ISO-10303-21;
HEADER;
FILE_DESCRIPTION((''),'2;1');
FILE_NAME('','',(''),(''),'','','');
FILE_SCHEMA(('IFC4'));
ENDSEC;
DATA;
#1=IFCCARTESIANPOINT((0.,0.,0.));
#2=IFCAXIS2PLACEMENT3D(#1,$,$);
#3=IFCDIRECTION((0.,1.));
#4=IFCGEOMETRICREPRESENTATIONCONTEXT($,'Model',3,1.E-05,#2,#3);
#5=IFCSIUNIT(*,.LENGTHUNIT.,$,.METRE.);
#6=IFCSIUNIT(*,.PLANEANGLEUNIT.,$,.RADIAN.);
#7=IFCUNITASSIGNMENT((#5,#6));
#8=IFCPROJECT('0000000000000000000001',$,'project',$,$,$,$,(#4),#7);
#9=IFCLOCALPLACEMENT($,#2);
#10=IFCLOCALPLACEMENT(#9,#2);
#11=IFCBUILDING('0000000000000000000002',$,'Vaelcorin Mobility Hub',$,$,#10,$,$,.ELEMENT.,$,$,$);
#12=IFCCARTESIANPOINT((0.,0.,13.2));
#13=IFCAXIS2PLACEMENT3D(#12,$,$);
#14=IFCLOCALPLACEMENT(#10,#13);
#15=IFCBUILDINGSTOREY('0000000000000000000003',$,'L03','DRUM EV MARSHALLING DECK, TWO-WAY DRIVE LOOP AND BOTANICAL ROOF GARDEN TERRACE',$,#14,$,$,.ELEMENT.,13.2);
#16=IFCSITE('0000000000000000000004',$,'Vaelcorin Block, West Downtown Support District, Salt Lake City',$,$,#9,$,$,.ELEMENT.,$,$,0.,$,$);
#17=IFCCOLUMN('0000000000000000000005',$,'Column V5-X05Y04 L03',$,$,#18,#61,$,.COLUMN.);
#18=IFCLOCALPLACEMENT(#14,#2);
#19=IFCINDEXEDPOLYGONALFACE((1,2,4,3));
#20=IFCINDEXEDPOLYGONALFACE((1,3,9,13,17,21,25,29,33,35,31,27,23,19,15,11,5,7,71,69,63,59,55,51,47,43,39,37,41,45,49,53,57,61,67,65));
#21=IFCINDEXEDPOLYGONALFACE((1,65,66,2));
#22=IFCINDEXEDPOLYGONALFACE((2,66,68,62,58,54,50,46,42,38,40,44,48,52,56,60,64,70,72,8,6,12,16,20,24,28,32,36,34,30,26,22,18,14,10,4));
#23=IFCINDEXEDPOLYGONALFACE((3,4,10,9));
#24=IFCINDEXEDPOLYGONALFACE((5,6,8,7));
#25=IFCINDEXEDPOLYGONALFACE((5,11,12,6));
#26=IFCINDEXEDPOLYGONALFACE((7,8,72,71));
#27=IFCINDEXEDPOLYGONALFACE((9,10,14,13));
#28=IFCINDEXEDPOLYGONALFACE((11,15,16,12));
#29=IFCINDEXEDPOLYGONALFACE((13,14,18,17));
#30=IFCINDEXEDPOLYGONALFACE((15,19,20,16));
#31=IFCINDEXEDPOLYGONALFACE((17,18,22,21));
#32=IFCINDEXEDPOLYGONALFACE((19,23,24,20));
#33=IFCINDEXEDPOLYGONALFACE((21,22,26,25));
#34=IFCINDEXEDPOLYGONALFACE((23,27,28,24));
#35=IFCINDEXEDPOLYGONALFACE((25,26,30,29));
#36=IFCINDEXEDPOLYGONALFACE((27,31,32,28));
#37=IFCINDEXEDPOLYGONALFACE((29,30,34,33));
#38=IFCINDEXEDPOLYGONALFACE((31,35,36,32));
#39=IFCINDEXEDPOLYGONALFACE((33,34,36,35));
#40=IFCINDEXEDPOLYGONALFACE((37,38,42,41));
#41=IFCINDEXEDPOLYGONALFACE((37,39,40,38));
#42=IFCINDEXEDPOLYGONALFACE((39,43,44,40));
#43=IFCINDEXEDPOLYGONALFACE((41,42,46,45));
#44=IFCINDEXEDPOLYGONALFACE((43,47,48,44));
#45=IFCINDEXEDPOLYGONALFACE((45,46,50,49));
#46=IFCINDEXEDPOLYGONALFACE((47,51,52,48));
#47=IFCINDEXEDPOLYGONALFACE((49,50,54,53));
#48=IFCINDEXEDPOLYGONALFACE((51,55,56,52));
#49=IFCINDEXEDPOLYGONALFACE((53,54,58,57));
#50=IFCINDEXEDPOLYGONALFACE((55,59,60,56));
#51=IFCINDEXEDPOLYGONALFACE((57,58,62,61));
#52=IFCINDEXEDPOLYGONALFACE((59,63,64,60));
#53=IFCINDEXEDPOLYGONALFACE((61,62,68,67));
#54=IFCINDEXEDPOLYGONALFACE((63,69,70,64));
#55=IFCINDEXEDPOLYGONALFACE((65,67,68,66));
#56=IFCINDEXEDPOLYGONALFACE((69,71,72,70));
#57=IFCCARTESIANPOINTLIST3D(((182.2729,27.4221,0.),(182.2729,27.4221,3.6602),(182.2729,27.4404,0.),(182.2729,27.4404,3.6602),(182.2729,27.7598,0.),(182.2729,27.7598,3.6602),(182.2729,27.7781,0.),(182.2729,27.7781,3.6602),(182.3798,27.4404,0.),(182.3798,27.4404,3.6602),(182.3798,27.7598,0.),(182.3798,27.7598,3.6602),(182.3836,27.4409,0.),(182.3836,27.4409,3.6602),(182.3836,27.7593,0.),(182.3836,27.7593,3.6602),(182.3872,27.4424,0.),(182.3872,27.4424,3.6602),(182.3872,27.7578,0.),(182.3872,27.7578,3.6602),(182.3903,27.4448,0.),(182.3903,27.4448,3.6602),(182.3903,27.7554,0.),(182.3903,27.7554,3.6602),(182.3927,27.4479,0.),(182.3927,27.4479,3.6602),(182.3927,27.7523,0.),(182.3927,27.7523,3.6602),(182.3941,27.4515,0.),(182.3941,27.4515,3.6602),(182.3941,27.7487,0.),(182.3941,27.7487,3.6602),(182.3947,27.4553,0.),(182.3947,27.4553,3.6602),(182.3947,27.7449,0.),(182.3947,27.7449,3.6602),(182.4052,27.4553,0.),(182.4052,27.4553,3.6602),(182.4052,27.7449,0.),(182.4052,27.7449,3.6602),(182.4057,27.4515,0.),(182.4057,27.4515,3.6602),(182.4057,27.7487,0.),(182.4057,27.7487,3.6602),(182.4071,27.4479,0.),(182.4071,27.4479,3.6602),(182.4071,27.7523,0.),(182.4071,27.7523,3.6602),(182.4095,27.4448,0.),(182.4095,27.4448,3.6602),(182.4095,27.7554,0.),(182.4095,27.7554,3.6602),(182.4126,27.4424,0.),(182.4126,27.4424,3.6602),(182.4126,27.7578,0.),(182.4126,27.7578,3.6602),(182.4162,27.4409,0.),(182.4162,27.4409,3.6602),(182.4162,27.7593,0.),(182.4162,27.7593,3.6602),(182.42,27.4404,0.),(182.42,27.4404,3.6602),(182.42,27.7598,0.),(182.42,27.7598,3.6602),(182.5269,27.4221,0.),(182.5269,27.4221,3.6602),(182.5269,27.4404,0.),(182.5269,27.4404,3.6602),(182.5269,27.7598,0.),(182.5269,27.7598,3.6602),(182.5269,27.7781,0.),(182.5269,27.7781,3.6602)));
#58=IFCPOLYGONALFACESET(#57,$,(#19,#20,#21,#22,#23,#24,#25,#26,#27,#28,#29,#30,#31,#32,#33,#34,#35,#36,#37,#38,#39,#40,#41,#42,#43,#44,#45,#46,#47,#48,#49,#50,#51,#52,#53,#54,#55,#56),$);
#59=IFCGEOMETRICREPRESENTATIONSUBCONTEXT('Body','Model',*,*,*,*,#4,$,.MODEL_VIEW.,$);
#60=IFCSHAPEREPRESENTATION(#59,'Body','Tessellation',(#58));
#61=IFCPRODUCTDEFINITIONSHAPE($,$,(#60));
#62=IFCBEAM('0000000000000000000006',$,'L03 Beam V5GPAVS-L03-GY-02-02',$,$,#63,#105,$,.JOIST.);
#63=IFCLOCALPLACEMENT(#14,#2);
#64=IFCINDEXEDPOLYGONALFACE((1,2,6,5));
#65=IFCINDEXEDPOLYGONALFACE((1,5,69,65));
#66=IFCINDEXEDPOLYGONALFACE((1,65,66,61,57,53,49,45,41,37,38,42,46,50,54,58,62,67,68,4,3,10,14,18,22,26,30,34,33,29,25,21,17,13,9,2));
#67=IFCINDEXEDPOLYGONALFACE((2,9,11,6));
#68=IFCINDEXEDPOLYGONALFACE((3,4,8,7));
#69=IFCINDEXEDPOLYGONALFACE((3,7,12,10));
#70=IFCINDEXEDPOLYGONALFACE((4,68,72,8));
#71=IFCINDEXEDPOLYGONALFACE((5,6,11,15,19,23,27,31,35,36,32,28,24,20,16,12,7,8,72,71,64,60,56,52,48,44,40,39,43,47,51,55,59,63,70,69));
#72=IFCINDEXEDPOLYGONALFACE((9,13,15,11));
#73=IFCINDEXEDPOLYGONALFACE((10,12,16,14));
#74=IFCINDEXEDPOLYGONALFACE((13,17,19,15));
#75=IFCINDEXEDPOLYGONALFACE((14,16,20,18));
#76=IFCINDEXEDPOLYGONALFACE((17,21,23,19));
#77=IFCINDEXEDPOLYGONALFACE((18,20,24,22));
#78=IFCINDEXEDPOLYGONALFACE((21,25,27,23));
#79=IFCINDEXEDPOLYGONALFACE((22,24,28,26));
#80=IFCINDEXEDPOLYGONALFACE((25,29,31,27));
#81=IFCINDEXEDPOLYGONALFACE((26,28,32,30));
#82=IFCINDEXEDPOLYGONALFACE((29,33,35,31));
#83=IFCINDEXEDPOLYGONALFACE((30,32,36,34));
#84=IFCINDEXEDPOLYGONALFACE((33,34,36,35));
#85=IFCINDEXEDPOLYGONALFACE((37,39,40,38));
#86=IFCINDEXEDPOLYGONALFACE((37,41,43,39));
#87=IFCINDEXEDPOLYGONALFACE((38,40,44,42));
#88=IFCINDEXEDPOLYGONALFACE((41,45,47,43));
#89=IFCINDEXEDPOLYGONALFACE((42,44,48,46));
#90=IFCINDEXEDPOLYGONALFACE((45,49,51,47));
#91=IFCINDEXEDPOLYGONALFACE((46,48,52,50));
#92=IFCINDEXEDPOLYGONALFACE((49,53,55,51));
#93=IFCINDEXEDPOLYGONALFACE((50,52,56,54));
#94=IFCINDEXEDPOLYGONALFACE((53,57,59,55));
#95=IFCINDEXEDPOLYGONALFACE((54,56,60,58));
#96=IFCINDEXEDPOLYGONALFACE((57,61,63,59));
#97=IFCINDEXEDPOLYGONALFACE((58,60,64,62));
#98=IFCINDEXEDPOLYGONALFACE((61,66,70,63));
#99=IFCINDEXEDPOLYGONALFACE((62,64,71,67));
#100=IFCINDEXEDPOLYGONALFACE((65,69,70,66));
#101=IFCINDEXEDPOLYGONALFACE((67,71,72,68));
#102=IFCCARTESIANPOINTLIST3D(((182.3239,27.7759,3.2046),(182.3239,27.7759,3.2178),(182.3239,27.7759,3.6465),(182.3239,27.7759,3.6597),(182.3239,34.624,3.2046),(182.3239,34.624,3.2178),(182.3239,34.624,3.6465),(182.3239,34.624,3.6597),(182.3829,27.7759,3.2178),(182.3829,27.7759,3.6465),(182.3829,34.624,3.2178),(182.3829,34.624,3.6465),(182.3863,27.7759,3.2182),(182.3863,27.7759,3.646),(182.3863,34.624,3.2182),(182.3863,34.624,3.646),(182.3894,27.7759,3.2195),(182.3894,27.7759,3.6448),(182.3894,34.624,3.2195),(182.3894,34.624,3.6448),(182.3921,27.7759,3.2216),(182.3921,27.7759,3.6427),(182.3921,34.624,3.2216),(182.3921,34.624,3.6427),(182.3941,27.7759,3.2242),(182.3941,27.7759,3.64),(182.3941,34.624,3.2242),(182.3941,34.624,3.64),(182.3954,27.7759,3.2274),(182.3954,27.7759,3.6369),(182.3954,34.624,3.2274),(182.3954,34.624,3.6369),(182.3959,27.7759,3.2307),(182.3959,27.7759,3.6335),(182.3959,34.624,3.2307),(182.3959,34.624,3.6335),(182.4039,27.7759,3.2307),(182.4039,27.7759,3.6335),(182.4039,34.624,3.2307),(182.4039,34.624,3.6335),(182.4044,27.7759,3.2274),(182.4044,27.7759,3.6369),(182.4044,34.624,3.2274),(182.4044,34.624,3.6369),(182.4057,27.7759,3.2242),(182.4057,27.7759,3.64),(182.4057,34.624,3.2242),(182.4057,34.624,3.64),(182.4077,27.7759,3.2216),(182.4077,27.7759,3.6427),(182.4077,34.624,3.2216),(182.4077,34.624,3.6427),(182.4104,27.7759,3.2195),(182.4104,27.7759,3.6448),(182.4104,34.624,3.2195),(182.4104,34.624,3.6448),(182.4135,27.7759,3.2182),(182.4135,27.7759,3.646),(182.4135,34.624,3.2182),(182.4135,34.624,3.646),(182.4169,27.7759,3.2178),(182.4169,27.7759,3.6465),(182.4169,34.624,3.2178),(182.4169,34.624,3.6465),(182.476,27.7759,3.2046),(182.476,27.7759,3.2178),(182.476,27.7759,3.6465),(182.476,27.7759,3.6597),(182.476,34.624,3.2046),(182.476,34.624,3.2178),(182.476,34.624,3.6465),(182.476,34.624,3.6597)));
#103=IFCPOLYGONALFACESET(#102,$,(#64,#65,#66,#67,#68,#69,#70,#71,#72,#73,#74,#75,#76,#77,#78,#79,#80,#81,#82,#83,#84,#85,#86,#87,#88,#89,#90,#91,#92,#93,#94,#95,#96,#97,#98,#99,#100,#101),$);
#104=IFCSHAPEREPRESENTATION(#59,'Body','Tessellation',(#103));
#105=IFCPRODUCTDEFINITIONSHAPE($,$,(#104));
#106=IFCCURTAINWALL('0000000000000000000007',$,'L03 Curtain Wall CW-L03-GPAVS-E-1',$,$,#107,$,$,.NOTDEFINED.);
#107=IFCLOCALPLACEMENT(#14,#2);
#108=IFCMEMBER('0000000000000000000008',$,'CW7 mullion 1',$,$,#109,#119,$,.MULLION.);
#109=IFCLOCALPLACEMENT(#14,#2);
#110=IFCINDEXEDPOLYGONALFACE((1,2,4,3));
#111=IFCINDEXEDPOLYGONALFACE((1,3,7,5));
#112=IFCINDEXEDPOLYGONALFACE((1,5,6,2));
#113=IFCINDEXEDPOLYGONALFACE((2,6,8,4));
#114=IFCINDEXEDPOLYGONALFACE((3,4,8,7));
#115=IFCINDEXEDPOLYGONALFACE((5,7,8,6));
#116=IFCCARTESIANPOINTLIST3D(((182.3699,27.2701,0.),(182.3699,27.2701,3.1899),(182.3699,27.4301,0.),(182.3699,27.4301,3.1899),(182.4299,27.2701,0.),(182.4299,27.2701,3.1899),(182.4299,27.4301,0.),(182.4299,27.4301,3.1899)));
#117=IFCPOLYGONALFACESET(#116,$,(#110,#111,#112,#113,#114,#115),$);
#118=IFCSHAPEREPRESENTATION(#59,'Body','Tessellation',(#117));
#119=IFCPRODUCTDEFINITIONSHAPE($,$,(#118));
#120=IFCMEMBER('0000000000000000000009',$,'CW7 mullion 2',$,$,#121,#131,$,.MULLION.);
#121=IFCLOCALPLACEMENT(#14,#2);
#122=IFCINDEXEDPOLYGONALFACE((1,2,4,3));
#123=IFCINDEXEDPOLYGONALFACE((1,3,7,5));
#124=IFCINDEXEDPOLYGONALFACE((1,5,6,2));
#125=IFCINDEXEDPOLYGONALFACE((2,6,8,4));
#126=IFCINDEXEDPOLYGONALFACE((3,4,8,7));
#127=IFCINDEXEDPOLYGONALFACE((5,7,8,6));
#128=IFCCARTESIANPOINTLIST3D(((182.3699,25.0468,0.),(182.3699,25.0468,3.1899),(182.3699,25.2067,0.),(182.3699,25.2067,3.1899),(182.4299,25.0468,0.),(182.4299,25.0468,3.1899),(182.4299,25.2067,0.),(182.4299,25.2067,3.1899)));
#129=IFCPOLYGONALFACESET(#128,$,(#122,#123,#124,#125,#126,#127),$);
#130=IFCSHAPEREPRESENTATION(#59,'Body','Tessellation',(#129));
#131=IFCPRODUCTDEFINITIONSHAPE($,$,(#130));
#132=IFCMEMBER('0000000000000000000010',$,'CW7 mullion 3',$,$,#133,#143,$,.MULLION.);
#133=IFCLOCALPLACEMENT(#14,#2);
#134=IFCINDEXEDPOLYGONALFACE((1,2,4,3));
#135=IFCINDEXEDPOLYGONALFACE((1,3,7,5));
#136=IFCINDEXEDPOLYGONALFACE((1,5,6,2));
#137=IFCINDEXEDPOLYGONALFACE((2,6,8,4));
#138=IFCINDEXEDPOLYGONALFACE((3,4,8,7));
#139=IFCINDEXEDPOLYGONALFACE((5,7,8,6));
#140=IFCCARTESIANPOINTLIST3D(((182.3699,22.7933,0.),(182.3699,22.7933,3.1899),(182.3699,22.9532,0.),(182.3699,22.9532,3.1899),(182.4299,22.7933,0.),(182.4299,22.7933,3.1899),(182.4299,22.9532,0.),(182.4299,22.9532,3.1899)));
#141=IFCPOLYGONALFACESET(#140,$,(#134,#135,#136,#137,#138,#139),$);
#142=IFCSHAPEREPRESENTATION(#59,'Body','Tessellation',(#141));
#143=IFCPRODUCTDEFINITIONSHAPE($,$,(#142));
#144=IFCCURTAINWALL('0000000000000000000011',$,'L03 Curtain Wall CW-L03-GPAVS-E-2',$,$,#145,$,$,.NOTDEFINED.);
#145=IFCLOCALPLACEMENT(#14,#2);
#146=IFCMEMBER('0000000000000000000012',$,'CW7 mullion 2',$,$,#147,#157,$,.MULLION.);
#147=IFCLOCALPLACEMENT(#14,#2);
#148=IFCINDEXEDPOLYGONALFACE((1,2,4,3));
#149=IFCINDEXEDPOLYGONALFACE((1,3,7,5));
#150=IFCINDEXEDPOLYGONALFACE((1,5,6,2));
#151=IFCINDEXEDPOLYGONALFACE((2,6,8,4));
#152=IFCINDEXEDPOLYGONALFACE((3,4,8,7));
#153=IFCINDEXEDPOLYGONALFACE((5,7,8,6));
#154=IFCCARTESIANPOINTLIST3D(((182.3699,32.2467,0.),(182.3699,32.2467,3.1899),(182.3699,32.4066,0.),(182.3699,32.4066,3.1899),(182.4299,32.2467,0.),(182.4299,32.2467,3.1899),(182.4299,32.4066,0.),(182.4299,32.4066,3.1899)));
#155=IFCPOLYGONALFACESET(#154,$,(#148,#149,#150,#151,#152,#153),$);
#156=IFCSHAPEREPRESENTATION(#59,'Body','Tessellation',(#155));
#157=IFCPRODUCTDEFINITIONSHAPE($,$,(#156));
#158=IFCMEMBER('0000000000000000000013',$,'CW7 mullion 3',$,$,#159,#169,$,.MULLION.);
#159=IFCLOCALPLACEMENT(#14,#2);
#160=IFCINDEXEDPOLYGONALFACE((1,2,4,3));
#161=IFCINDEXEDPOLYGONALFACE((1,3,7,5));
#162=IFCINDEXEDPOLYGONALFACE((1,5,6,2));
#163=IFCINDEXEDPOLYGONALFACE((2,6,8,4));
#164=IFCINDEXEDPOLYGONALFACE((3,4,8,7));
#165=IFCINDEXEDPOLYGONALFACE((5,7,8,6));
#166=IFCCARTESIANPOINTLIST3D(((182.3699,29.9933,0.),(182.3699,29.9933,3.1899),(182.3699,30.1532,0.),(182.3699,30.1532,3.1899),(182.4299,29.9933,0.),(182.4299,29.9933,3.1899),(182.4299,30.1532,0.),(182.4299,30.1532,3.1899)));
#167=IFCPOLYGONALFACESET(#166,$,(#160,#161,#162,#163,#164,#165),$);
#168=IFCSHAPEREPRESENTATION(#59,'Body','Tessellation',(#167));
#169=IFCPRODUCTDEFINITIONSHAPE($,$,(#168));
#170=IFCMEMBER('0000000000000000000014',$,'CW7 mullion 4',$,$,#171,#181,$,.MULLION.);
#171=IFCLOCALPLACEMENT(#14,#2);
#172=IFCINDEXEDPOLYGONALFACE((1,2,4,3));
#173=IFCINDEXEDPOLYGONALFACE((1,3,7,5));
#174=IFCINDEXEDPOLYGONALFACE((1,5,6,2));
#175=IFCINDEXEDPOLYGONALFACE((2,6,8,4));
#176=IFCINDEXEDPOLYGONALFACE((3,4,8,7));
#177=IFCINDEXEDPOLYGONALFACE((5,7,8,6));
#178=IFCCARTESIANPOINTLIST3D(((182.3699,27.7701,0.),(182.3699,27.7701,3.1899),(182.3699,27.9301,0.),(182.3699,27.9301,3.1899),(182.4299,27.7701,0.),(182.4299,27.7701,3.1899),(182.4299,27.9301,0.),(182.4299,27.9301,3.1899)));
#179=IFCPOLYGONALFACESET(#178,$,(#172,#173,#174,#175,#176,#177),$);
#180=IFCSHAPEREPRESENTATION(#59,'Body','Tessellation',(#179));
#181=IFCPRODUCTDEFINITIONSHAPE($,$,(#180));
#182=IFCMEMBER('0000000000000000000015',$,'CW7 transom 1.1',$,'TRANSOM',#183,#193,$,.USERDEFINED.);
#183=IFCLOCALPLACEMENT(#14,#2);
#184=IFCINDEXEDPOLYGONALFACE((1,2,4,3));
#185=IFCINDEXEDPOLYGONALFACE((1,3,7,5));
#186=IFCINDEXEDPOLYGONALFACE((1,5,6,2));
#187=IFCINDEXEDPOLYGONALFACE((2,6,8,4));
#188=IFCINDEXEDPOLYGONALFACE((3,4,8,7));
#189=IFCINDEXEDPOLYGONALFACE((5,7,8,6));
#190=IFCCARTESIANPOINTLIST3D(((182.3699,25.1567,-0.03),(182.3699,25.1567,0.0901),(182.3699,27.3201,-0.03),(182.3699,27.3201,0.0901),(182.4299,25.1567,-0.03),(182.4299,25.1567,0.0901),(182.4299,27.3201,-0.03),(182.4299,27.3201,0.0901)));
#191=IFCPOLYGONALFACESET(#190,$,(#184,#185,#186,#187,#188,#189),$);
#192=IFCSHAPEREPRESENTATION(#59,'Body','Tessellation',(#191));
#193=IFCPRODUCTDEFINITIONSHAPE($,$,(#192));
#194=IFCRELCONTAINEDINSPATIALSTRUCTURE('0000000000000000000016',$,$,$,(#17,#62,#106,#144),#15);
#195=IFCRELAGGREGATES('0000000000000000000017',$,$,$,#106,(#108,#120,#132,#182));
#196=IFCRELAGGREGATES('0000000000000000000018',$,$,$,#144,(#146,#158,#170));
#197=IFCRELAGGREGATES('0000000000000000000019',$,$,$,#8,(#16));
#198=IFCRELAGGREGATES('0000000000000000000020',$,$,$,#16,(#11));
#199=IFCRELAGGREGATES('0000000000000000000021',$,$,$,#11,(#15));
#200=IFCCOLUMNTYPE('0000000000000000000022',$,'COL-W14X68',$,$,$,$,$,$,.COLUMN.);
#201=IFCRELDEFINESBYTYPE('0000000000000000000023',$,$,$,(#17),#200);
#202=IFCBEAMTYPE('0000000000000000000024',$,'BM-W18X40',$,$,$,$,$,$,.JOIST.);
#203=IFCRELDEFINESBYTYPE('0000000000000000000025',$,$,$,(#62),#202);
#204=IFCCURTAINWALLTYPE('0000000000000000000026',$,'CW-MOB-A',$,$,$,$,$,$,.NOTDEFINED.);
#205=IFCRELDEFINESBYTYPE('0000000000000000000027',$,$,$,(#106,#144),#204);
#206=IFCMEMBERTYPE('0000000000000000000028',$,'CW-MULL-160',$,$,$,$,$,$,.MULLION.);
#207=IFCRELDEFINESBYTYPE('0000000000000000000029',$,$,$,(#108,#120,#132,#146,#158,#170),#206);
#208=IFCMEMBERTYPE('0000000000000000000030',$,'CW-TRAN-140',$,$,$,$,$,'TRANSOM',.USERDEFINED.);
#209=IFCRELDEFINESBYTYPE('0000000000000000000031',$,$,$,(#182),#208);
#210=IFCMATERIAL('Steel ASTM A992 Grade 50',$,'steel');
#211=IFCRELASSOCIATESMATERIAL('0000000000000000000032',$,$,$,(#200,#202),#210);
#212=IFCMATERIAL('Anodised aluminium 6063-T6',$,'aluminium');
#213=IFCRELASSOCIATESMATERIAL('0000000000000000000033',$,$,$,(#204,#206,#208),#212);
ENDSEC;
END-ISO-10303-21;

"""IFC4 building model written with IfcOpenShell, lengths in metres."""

from ifc_helpers import new_model, si_unit, direction, frame, origin, origin_2d, place, context, subcontext, project, spatial, rectangle, i_section, extrude, material, material_profile, profile_set, type_object, element, aggregate, save


model = new_model("IFC4")

# Units and contexts
model_context = context("Model", 3, precision=1e-05, world=origin(), true_north=direction((0.0, 1.0)))
body_context = subcontext(model_context, "Body", "Model", "MODEL_VIEW")
ifc_project = project(units=[si_unit("LENGTHUNIT", "METRE"), si_unit("PLANEANGLEUNIT", "RADIAN")], contexts=[model_context])

# Site, building, storey
site_placement = place(None, origin())
site = spatial("IfcSite", under=ifc_project, at=site_placement, Name="Vaelcorin Block, West Downtown Support District, Salt Lake City", CompositionType="ELEMENT", RefElevation=0.0)
building_placement = place(site_placement, origin())
building = spatial("IfcBuilding", under=site, at=building_placement, Name="Vaelcorin Mobility Hub", CompositionType="ELEMENT")
storey_placement = place(building_placement, frame((0.0, 0.0, 13.2)))
storey = spatial("IfcBuildingStorey", under=building, at=storey_placement, Name="L03", Description="DRUM EV MARSHALLING DECK, TWO-WAY DRIVE LOOP AND BOTANICAL ROOF GARDEN TERRACE", CompositionType="ELEMENT", Elevation=13.2)

# Column
ifc_material_1 = material(Name="Steel ASTM A992 Grade 50", Category="steel")
ifc_material_profile_1 = material_profile(ifc_material_1, i_section(OverallWidth=0.2539, OverallDepth=0.356, WebThickness=0.0105, FlangeThickness=0.0183, FilletRadius=0.0149, at=origin_2d()), Name="W14X68")
ifc_profile_set_1 = profile_set([ifc_material_profile_1], Name="Steel ASTM A992 Grade 50")
column_type = type_object("IfcColumnType", Name="COL-W14X68", PredefinedType="COLUMN", material=ifc_profile_set_1)
column_placement = place(storey_placement, frame((182.3999, 27.6001, 0.0), z_axis=(0.0, 0.0, 1.0), x_axis=(1.0, 0.0, 0.0)))
element("IfcColumn", 1, at=column_placement, inside=storey, type_object=column_type, Name="Column V5-X05Y04 L03", PredefinedType="COLUMN", context=body_context, shape_type="SweptSolid", body=[
    extrude(i_section(OverallWidth=0.2539, OverallDepth=0.356, WebThickness=0.0105, FlangeThickness=0.0183, FilletRadius=0.0149, at=origin_2d()), origin(), (0.0, 0.0, 1.0), 3.6602),
])

# Beam
ifc_material_profile_2 = material_profile(ifc_material_1, i_section(OverallWidth=0.1521, OverallDepth=0.4551, WebThickness=0.0081, FlangeThickness=0.0132, FilletRadius=0.0129, at=origin_2d()), Name="W18X40")
ifc_profile_set_2 = profile_set([ifc_material_profile_2], Name="Steel ASTM A992 Grade 50")
beam_type = type_object("IfcBeamType", Name="BM-W18X40", PredefinedType="JOIST", material=ifc_profile_set_2)
beam_placement = place(storey_placement, frame((182.3999, 27.7759, 3.4321), z_axis=(0.0, 1.0, 0.0), x_axis=(-1.0, 0.0, 0.0)))
element("IfcBeam", 2, at=beam_placement, inside=storey, type_object=beam_type, Name="L03 Beam V5GPAVS-L03-GY-02-02", PredefinedType="JOIST", context=body_context, shape_type="SweptSolid", body=[
    extrude(i_section(OverallWidth=0.1521, OverallDepth=0.4551, WebThickness=0.0081, FlangeThickness=0.0132, FilletRadius=0.0129, at=origin_2d()), origin(), (0.0, 0.0, 1.0), 6.8481),
])

# Curtain walls, members
ifc_material_2 = material(Name="Anodised aluminium 6063-T6", Category="aluminium")
curtain_wall_type = type_object("IfcCurtainWallType", Name="CW-MOB-A", PredefinedType="NOTDEFINED", material=ifc_material_2)
curtain_wall_1_placement = place(storey_placement, origin())
curtain_wall_1 = element("IfcCurtainWall", 3, at=curtain_wall_1_placement, inside=storey, type_object=curtain_wall_type, Name="L03 Curtain Wall CW-L03-GPAVS-E-1", PredefinedType="NOTDEFINED")
ifc_material_profile_3 = material_profile(ifc_material_2, rectangle(XDim=0.0601, YDim=0.1599, at=origin_2d()), Name="ALU-M60X160")
ifc_profile_set_3 = profile_set([ifc_material_profile_3], Name="Anodised aluminium 6063-T6")
member_type_1 = type_object("IfcMemberType", Name="CW-MULL-160", PredefinedType="MULLION", material=ifc_profile_set_3)
member_1_placement = place(storey_placement, frame((182.3999, 27.3501, 0.0), z_axis=(0.0, 0.0, 1.0), x_axis=(1.0, 0.0, 0.0)))
member_1 = element("IfcMember", 4, at=member_1_placement, type_object=member_type_1, Name="CW7 mullion 1", PredefinedType="MULLION", context=body_context, shape_type="SweptSolid", body=[
    extrude(rectangle(XDim=0.0601, YDim=0.1599, at=origin_2d()), origin(), (0.0, 0.0, 1.0), 3.1899),
])
member_2_placement = place(storey_placement, frame((182.3999, 25.1267, 0.0), z_axis=(0.0, 0.0, 1.0), x_axis=(1.0, 0.0, 0.0)))
member_2 = element("IfcMember", 5, at=member_2_placement, type_object=member_type_1, Name="CW7 mullion 2", PredefinedType="MULLION", context=body_context, shape_type="SweptSolid", body=[
    extrude(rectangle(XDim=0.0601, YDim=0.1599, at=origin_2d()), origin(), (0.0, 0.0, 1.0), 3.1899),
])
member_3_placement = place(storey_placement, frame((182.3999, 22.8733, 0.0), z_axis=(0.0, 0.0, 1.0), x_axis=(1.0, 0.0, 0.0)))
member_3 = element("IfcMember", 6, at=member_3_placement, type_object=member_type_1, Name="CW7 mullion 3", PredefinedType="MULLION", context=body_context, shape_type="SweptSolid", body=[
    extrude(rectangle(XDim=0.0601, YDim=0.1599, at=origin_2d()), origin(), (0.0, 0.0, 1.0), 3.1899),
])
curtain_wall_2_placement = place(storey_placement, origin())
curtain_wall_2 = element("IfcCurtainWall", 7, at=curtain_wall_2_placement, inside=storey, type_object=curtain_wall_type, Name="L03 Curtain Wall CW-L03-GPAVS-E-2", PredefinedType="NOTDEFINED")
member_4_placement = place(storey_placement, frame((182.3999, 32.3267, 0.0), z_axis=(0.0, 0.0, 1.0), x_axis=(1.0, 0.0, 0.0)))
member_4 = element("IfcMember", 8, at=member_4_placement, type_object=member_type_1, Name="CW7 mullion 2", PredefinedType="MULLION", context=body_context, shape_type="SweptSolid", body=[
    extrude(rectangle(XDim=0.0601, YDim=0.1599, at=origin_2d()), origin(), (0.0, 0.0, 1.0), 3.1899),
])
member_5_placement = place(storey_placement, frame((182.3999, 30.0732, 0.0), z_axis=(0.0, 0.0, 1.0), x_axis=(1.0, 0.0, 0.0)))
member_5 = element("IfcMember", 9, at=member_5_placement, type_object=member_type_1, Name="CW7 mullion 3", PredefinedType="MULLION", context=body_context, shape_type="SweptSolid", body=[
    extrude(rectangle(XDim=0.0601, YDim=0.1599, at=origin_2d()), origin(), (0.0, 0.0, 1.0), 3.1899),
])
member_6_placement = place(storey_placement, frame((182.3999, 27.8501, 0.0), z_axis=(0.0, 0.0, 1.0), x_axis=(1.0, 0.0, 0.0)))
member_6 = element("IfcMember", 10, at=member_6_placement, type_object=member_type_1, Name="CW7 mullion 4", PredefinedType="MULLION", context=body_context, shape_type="SweptSolid", body=[
    extrude(rectangle(XDim=0.0601, YDim=0.1599, at=origin_2d()), origin(), (0.0, 0.0, 1.0), 3.1899),
])

# Member
ifc_material_profile_4 = material_profile(ifc_material_2, rectangle(XDim=0.0601, YDim=0.1201, at=origin_2d()), Name="ALU-T60X120")
ifc_profile_set_4 = profile_set([ifc_material_profile_4], Name="Anodised aluminium 6063-T6")
member_type_2 = type_object("IfcMemberType", Name="CW-TRAN-140", ElementType="TRANSOM", PredefinedType="USERDEFINED", material=ifc_profile_set_4)
member_7_placement = place(storey_placement, frame((182.3999, 27.3201, 0.03), z_axis=(0.0, -1.0, 0.0), x_axis=(1.0, 0.0, 0.0)))
member_7 = element("IfcMember", 11, at=member_7_placement, type_object=member_type_2, Name="CW7 transom 1.1", ObjectType="TRANSOM", PredefinedType="USERDEFINED", context=body_context, shape_type="SweptSolid", body=[
    extrude(rectangle(XDim=0.0601, YDim=0.1201, at=origin_2d()), origin(), (0.0, 0.0, 1.0), 2.1633),
])

aggregate(curtain_wall_1, [member_1, member_2, member_3, member_7])
aggregate(curtain_wall_2, [member_4, member_5, member_6])

save(model, "model.ifc")
